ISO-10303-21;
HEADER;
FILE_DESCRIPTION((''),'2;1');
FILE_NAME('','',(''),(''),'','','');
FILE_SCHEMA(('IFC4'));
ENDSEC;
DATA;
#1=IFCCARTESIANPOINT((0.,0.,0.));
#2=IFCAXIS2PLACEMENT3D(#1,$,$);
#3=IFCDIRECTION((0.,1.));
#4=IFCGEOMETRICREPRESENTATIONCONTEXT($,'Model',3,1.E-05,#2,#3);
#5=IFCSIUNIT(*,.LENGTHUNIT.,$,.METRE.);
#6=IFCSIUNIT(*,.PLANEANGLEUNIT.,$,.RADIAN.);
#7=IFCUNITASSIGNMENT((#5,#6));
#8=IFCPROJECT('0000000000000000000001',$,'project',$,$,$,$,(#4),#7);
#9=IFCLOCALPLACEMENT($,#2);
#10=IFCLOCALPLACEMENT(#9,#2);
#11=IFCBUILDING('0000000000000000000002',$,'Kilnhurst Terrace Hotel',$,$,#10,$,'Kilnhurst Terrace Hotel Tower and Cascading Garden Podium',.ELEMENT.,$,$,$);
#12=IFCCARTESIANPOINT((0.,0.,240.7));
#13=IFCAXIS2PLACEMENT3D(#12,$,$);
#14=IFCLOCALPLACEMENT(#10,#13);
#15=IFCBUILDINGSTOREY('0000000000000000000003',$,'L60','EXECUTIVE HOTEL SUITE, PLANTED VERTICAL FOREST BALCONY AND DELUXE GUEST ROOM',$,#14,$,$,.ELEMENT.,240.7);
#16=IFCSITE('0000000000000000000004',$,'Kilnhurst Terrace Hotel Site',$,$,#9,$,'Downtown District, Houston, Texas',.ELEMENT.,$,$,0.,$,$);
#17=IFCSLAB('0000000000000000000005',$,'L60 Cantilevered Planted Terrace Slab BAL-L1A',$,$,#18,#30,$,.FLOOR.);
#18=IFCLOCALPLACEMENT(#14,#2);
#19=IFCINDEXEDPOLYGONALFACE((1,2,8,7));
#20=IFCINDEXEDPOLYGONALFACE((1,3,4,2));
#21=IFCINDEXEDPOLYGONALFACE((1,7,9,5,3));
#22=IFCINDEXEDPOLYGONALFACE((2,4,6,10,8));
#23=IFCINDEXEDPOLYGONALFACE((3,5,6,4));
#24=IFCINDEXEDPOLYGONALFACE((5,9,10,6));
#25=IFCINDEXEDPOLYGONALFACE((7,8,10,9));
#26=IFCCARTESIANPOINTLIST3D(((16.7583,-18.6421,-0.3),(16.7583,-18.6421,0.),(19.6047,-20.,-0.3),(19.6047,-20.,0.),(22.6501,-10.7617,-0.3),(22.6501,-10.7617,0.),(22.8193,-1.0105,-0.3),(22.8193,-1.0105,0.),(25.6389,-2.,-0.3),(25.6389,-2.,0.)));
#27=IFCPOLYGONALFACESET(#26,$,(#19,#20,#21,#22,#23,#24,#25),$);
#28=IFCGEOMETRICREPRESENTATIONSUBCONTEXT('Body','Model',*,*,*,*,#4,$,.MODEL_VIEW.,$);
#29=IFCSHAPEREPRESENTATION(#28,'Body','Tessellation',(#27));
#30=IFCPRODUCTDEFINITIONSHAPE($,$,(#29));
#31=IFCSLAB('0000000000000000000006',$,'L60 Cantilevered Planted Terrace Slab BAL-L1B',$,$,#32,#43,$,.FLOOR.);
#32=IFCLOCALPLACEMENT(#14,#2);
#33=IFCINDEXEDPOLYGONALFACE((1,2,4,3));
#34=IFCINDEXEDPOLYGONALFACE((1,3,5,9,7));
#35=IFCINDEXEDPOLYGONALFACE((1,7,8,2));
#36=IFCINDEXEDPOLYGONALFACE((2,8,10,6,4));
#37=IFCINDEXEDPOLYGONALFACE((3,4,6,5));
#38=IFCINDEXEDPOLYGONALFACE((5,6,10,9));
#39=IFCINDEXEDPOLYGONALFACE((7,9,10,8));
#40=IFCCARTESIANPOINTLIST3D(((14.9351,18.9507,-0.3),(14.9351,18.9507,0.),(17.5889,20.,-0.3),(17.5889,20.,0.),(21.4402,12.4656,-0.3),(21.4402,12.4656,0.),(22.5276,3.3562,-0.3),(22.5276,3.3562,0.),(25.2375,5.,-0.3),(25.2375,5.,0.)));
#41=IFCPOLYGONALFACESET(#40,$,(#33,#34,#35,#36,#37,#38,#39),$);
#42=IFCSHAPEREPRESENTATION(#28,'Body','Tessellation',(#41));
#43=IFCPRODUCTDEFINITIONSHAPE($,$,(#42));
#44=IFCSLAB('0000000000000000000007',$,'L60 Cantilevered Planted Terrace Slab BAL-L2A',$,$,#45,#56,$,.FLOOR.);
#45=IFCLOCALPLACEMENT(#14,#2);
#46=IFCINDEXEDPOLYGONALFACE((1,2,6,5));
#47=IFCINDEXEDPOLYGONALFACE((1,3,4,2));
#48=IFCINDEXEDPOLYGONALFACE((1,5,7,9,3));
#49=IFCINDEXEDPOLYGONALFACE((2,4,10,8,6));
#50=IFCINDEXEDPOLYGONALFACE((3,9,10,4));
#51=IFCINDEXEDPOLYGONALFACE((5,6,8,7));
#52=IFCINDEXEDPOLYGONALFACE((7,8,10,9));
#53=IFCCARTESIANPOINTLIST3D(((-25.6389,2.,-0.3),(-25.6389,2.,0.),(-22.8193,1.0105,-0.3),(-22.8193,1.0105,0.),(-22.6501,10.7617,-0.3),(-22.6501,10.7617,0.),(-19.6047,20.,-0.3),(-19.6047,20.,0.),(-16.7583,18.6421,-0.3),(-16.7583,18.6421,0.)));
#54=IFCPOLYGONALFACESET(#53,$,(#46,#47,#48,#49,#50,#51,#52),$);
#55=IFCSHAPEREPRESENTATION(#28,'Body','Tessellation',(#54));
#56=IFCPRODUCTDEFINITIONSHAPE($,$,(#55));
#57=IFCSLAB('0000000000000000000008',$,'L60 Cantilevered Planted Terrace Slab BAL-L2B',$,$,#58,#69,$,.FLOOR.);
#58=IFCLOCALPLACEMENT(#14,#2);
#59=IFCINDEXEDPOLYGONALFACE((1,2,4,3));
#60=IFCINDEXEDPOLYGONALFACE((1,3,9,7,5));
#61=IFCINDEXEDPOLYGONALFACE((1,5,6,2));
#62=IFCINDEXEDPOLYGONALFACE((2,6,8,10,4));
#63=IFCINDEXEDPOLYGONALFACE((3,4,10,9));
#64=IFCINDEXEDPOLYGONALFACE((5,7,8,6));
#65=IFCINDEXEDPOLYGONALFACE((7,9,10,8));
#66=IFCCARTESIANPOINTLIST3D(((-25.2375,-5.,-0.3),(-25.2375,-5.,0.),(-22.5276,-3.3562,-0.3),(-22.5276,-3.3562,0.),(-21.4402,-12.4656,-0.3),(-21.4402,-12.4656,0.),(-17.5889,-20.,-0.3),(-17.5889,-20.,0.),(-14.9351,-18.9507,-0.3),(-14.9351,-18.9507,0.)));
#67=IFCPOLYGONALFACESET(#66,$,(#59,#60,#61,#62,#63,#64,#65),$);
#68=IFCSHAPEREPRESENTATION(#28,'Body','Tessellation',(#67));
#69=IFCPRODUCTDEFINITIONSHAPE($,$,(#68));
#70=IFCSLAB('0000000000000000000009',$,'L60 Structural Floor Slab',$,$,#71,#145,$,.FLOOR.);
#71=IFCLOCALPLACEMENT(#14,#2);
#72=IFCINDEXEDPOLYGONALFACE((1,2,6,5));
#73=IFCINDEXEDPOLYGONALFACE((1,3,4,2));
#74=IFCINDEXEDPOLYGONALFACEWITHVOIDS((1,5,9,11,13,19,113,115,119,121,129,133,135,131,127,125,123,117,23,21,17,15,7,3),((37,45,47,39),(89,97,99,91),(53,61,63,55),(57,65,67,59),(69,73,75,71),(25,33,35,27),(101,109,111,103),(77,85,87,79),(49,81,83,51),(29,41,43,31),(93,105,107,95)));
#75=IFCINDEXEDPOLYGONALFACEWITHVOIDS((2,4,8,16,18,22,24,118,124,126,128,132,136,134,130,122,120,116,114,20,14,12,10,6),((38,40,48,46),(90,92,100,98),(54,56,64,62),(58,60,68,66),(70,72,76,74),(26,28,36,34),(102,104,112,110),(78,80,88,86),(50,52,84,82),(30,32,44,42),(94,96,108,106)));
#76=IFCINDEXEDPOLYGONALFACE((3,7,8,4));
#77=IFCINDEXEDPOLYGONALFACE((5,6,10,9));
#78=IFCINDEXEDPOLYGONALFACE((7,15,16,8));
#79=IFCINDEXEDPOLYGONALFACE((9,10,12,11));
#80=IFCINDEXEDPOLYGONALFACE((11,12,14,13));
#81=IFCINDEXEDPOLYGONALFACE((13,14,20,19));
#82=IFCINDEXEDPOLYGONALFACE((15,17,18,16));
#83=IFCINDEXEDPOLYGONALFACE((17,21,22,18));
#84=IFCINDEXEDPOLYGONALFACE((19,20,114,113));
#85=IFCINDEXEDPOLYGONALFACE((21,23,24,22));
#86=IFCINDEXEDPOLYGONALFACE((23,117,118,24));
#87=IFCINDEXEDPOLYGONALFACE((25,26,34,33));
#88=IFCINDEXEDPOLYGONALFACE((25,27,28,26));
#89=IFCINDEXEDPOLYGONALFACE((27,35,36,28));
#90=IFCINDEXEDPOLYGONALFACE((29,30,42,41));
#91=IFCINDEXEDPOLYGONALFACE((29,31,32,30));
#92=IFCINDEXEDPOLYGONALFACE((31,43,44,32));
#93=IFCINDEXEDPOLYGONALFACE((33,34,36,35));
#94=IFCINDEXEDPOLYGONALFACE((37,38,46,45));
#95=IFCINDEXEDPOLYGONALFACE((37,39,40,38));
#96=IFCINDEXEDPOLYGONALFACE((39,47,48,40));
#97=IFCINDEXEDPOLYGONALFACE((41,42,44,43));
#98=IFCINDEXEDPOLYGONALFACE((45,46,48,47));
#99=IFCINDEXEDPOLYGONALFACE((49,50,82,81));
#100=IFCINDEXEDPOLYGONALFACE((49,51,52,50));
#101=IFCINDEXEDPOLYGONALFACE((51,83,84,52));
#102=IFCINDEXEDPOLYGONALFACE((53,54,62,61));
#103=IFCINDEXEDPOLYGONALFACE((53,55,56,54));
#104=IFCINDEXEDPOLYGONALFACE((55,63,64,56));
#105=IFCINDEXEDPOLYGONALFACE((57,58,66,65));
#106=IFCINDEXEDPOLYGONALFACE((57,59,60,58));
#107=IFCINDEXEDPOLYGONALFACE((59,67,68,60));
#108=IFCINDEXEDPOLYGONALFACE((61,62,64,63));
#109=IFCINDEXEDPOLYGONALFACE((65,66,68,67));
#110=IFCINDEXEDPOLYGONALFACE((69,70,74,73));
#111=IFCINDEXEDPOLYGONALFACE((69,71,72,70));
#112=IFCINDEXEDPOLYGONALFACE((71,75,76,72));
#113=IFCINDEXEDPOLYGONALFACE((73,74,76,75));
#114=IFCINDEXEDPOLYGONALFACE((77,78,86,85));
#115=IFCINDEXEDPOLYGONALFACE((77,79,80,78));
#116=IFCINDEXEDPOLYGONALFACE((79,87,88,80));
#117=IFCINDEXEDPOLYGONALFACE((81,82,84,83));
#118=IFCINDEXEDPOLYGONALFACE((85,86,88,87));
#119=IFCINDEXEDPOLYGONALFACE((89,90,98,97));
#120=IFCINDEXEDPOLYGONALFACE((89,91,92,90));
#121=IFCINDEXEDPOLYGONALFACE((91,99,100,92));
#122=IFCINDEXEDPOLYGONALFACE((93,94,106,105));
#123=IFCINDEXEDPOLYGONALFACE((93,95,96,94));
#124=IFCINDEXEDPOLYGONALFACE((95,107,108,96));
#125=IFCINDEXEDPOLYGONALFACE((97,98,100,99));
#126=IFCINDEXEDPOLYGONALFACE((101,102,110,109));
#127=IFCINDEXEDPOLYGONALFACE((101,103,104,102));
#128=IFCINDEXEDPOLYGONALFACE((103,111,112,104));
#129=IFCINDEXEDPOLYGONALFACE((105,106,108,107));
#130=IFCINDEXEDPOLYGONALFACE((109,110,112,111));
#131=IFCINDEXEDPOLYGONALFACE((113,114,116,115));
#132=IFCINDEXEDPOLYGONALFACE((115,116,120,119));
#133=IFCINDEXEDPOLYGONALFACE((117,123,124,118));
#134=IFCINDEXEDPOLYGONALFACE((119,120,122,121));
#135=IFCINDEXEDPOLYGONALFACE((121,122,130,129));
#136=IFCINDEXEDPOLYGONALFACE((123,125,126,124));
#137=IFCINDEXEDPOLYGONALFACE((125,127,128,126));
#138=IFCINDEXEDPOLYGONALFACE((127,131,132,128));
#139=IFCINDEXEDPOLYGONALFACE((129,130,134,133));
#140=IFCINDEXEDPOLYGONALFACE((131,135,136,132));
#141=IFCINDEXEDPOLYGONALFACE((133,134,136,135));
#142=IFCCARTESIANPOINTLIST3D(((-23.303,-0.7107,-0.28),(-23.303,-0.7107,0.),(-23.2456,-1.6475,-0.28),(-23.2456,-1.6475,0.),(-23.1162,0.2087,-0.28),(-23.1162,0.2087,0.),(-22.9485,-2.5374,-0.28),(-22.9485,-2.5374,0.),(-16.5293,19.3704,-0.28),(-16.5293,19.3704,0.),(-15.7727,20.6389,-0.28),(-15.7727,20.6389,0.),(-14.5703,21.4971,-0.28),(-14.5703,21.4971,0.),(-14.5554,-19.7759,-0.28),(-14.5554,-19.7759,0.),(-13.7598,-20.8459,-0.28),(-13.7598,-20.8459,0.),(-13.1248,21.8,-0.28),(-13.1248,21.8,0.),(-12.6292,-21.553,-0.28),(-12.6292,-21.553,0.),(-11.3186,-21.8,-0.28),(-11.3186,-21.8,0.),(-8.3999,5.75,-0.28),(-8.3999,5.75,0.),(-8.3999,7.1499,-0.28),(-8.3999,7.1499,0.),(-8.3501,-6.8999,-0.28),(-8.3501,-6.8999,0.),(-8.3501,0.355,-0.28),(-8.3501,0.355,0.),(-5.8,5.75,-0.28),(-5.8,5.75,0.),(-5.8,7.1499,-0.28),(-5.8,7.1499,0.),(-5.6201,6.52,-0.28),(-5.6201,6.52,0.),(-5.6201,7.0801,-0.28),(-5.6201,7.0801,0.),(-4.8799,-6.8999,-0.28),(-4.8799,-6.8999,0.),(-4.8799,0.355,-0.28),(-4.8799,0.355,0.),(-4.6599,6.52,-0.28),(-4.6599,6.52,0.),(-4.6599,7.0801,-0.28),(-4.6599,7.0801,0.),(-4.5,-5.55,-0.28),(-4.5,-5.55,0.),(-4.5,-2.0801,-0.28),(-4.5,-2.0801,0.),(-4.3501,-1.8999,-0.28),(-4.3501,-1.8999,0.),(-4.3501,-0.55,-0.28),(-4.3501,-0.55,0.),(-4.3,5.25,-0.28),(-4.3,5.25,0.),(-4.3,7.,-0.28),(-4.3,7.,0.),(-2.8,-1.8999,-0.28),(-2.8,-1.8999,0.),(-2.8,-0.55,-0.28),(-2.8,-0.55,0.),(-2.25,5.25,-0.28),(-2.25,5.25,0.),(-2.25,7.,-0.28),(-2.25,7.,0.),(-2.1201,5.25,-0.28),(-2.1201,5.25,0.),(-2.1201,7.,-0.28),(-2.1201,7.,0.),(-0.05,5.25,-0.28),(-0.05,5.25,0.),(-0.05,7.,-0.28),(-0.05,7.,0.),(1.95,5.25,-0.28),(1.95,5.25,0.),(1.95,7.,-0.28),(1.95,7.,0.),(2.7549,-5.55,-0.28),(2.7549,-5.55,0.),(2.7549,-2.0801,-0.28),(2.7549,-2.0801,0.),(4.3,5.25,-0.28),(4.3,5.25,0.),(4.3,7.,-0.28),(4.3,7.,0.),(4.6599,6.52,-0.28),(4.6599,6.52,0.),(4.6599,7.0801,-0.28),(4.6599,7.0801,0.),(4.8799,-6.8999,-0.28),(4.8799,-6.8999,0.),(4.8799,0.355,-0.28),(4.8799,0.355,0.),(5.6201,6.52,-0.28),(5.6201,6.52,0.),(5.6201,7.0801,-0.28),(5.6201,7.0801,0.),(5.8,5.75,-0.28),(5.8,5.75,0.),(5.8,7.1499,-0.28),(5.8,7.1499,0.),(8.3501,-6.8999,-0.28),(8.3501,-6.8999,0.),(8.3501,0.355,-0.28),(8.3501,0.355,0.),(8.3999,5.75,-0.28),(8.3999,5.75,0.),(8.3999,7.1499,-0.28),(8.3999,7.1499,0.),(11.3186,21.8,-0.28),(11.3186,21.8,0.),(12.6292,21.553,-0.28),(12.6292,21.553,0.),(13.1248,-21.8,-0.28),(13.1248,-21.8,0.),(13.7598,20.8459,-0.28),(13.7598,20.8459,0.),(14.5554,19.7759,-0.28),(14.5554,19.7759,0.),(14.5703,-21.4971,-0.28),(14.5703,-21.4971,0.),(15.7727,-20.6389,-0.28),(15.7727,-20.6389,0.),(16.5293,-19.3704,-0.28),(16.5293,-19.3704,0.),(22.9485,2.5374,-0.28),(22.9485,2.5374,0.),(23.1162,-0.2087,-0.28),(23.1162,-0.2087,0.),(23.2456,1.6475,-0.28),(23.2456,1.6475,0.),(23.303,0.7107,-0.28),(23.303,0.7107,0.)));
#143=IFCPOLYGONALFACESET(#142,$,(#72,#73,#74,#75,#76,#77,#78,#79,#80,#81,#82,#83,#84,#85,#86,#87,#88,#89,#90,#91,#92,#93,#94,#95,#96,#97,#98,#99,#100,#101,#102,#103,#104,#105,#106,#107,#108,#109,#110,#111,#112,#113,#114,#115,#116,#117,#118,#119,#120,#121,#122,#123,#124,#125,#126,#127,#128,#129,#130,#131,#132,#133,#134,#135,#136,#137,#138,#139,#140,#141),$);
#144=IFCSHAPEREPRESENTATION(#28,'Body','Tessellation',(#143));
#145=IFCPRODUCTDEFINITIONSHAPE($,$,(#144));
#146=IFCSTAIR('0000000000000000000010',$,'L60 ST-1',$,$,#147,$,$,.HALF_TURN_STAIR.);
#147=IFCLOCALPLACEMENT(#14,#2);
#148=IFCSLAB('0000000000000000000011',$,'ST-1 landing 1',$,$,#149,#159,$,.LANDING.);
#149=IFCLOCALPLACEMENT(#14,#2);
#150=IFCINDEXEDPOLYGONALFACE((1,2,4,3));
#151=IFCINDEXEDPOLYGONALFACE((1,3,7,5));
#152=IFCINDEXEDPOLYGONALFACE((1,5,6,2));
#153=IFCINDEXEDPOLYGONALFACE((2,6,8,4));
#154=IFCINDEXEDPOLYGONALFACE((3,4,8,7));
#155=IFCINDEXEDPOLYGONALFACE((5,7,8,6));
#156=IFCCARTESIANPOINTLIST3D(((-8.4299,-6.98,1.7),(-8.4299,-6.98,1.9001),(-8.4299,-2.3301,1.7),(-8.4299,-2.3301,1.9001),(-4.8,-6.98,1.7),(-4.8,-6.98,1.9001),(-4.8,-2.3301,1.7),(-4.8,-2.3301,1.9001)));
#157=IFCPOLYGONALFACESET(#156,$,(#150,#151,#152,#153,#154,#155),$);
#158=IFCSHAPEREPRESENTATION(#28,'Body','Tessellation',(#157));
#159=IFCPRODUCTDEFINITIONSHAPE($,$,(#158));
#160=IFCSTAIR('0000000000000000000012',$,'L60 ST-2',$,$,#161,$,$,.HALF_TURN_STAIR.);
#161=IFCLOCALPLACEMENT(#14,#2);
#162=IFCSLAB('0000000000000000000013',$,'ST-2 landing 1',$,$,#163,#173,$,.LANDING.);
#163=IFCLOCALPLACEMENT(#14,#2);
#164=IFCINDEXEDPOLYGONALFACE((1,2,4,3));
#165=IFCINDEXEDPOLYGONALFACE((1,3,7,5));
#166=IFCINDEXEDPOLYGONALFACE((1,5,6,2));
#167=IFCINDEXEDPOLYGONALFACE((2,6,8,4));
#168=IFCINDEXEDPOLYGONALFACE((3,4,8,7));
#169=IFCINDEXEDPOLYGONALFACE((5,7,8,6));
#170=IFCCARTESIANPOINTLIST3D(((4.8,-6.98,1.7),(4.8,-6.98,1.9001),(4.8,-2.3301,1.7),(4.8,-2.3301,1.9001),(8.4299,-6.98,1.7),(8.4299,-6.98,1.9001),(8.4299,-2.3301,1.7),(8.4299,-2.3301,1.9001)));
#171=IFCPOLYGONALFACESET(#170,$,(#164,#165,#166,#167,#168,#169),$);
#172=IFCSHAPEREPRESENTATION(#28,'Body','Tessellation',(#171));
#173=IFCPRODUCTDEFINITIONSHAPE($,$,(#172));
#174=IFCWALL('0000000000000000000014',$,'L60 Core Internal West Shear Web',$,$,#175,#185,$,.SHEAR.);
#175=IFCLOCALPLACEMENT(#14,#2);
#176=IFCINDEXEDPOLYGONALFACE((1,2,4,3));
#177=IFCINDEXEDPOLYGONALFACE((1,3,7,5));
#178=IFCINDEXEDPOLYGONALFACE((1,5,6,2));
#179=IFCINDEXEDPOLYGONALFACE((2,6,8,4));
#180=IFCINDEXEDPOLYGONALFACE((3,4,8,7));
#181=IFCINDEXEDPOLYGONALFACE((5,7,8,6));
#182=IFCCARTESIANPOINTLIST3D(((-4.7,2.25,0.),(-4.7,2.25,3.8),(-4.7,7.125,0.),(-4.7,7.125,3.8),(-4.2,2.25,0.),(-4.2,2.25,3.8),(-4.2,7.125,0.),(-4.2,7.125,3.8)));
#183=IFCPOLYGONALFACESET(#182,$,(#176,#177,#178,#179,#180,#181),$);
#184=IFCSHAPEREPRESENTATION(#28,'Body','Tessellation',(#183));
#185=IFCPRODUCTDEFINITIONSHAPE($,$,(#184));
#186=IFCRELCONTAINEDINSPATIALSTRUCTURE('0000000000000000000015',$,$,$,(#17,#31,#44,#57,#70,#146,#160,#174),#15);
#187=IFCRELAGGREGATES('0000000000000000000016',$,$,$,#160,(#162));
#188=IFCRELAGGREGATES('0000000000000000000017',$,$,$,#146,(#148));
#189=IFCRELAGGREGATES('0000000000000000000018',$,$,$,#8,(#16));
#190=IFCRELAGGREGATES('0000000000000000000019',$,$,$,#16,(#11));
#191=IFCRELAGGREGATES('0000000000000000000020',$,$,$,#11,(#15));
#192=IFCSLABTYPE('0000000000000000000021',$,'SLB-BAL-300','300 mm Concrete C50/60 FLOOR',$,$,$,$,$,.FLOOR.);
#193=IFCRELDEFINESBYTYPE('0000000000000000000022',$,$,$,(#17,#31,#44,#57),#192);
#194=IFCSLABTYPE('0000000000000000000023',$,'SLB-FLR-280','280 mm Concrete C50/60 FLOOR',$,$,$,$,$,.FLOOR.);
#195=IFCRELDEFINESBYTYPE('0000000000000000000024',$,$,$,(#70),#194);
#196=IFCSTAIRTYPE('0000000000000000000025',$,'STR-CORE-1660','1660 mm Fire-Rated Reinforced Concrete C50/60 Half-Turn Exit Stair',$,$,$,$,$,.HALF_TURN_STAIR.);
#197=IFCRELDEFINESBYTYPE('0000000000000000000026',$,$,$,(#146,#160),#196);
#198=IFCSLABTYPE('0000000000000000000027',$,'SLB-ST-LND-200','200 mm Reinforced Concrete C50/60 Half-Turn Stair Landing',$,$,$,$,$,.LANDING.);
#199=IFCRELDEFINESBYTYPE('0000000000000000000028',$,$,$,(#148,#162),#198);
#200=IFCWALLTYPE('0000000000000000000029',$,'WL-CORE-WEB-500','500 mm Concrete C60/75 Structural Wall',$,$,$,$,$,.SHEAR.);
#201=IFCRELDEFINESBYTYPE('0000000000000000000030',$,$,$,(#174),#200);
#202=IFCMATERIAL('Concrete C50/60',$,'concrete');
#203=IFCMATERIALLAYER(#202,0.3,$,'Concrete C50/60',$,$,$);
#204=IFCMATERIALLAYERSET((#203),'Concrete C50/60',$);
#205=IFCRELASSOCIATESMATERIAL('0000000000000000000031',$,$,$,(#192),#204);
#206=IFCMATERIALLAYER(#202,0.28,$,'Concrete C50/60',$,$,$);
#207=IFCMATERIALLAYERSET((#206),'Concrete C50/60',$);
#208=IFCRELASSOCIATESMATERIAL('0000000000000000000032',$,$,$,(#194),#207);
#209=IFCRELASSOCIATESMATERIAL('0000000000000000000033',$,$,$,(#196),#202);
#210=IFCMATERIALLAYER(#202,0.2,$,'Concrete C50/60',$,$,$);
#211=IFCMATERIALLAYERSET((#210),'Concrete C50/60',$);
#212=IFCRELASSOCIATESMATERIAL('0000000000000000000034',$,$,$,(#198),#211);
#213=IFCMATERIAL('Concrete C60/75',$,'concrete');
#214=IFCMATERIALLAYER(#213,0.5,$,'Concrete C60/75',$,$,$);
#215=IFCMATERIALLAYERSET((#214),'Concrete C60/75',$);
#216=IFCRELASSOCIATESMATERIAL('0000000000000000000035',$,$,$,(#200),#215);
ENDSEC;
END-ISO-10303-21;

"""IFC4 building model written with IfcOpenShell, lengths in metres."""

from ifc_helpers import new_model, si_unit, direction, frame, frame_2d, origin, place, context, subcontext, project, spatial, polyline, rectangle, outline, extrude, material, layer, layer_set, type_object, element, aggregate, save


model = new_model("IFC4")

# Units and contexts
model_context = context("Model", 3, precision=1e-05, world=origin(), true_north=direction((0.0, 1.0)))
body_context = subcontext(model_context, "Body", "Model", "MODEL_VIEW")
ifc_project = project(units=[si_unit("LENGTHUNIT", "METRE"), si_unit("PLANEANGLEUNIT", "RADIAN")], contexts=[model_context])

# Site, building, storey
site_placement = place(None, origin())
site = spatial("IfcSite", under=ifc_project, at=site_placement, Name="Kilnhurst Terrace Hotel Site", LongName="Downtown District, Houston, Texas", CompositionType="ELEMENT", RefElevation=0.0)
building_placement = place(site_placement, origin())
building = spatial("IfcBuilding", under=site, at=building_placement, Name="Kilnhurst Terrace Hotel", LongName="Kilnhurst Terrace Hotel Tower and Cascading Garden Podium", CompositionType="ELEMENT")
storey_placement = place(building_placement, frame((0.0, 0.0, 240.7)))
storey = spatial("IfcBuildingStorey", under=building, at=storey_placement, Name="L60", Description="EXECUTIVE HOTEL SUITE, PLANTED VERTICAL FOREST BALCONY AND DELUXE GUEST ROOM", CompositionType="ELEMENT", Elevation=240.7)

# Slabs
ifc_material_1 = material(Name="Concrete C50/60", Category="concrete")
ifc_layer_1 = layer(ifc_material_1, 0.3, Name="Concrete C50/60")
ifc_layer_set_1 = layer_set([ifc_layer_1], Name="Concrete C50/60")
slab_type_1 = type_object("IfcSlabType", Name="SLB-BAL-300", Description="300 mm Concrete C50/60 FLOOR", PredefinedType="FLOOR", material=ifc_layer_set_1)
slab_1_placement = place(storey_placement, frame((0.0, 0.0, -0.3)))
element("IfcSlab", 1, at=slab_1_placement, inside=storey, type_object=slab_type_1, Name="L60 Cantilevered Planted Terrace Slab BAL-L1A", PredefinedType="FLOOR", context=body_context, shape_type="SweptSolid", body=[
    extrude(outline(polyline([(22.6501, -10.7617), (19.6047, -20.0), (16.7583, -18.6421), (22.8193, -1.0105), (25.6389, -2.0), (22.6501, -10.7617)])), origin(), (0.0, 0.0, 1.0), 0.3),
])
slab_2_placement = place(storey_placement, frame((0.0, 0.0, -0.3)))
element("IfcSlab", 2, at=slab_2_placement, inside=storey, type_object=slab_type_1, Name="L60 Cantilevered Planted Terrace Slab BAL-L1B", PredefinedType="FLOOR", context=body_context, shape_type="SweptSolid", body=[
    extrude(outline(polyline([(25.2375, 5.0), (22.5276, 3.3562), (14.9351, 18.9507), (17.5889, 20.0), (21.4402, 12.4656), (25.2375, 5.0)])), origin(), (0.0, 0.0, 1.0), 0.3),
])
slab_3_placement = place(storey_placement, frame((0.0, 0.0, -0.3)))
element("IfcSlab", 3, at=slab_3_placement, inside=storey, type_object=slab_type_1, Name="L60 Cantilevered Planted Terrace Slab BAL-L2A", PredefinedType="FLOOR", context=body_context, shape_type="SweptSolid", body=[
    extrude(outline(polyline([(-19.6047, 20.0), (-16.7583, 18.6421), (-22.8193, 1.0105), (-25.6389, 2.0), (-22.6501, 10.7617), (-19.6047, 20.0)])), origin(), (0.0, 0.0, 1.0), 0.3),
])
slab_4_placement = place(storey_placement, frame((0.0, 0.0, -0.3)))
element("IfcSlab", 4, at=slab_4_placement, inside=storey, type_object=slab_type_1, Name="L60 Cantilevered Planted Terrace Slab BAL-L2B", PredefinedType="FLOOR", context=body_context, shape_type="SweptSolid", body=[
    extrude(outline(polyline([(-25.2375, -5.0), (-22.5276, -3.3562), (-14.9351, -18.9507), (-17.5889, -20.0), (-21.4402, -12.4656), (-25.2375, -5.0)])), origin(), (0.0, 0.0, 1.0), 0.3),
])
ifc_layer_2 = layer(ifc_material_1, 0.28, Name="Concrete C50/60")
ifc_layer_set_2 = layer_set([ifc_layer_2], Name="Concrete C50/60")
slab_type_2 = type_object("IfcSlabType", Name="SLB-FLR-280", Description="280 mm Concrete C50/60 FLOOR", PredefinedType="FLOOR", material=ifc_layer_set_2)
slab_5_placement = place(storey_placement, frame((0.0, 0.0, -0.28)))
element("IfcSlab", 5, at=slab_5_placement, inside=storey, type_object=slab_type_2, Name="L60 Structural Floor Slab", PredefinedType="FLOOR", context=body_context, shape_type="SweptSolid", body=[
    extrude(outline(polyline([(-14.5554, -19.7759), (-13.7598, -20.8459), (-12.6292, -21.553), (-11.3186, -21.8), (13.1248, -21.8), (14.5703, -21.4971), (15.7727, -20.6389), (16.5293, -19.3704), (23.1162, -0.2087), (23.303, 0.7107), (23.2456, 1.6475), (22.9485, 2.5374), (14.5554, 19.7759), (13.7598, 20.8459), (12.6292, 21.553), (11.3186, 21.8), (-13.1248, 21.8), (-14.5703, 21.4971), (-15.7727, 20.6389), (-16.5293, 19.3704), (-23.1162, 0.2087), (-23.303, -0.7107), (-23.2456, -1.6475), (-22.9485, -2.5374), (-14.5554, -19.7759)]), holes=[polyline([(-8.3501, 0.355), (-4.8799, 0.355), (-4.8799, -6.8999), (-8.3501, -6.8999), (-8.3501, 0.355)]), polyline([(-2.8, -1.8999), (-4.3501, -1.8999), (-4.3501, -0.55), (-2.8, -0.55), (-2.8, -1.8999)]), polyline([(-2.25, 5.25), (-4.3, 5.25), (-4.3, 7.0), (-2.25, 7.0), (-2.25, 5.25)]), polyline([(-2.1201, 5.25), (-2.1201, 7.0), (-0.05, 7.0), (-0.05, 5.25), (-2.1201, 5.25)]), polyline([(-8.3999, 5.75), (-8.3999, 7.1499), (-5.8, 7.1499), (-5.8, 5.75), (-8.3999, 5.75)]), polyline([(-4.6599, 6.52), (-5.6201, 6.52), (-5.6201, 7.0801), (-4.6599, 7.0801), (-4.6599, 6.52)]), polyline([(2.7549, -5.55), (-4.5, -5.55), (-4.5, -2.0801), (2.7549, -2.0801), (2.7549, -5.55)]), polyline([(8.3501, 0.355), (8.3501, -6.8999), (4.8799, -6.8999), (4.8799, 0.355), (8.3501, 0.355)]), polyline([(4.3, 5.25), (1.95, 5.25), (1.95, 7.0), (4.3, 7.0), (4.3, 5.25)]), polyline([(5.8, 5.75), (5.8, 7.1499), (8.3999, 7.1499), (8.3999, 5.75), (5.8, 5.75)]), polyline([(4.6599, 6.52), (4.6599, 7.0801), (5.6201, 7.0801), (5.6201, 6.52), (4.6599, 6.52)])]), origin(), (0.0, 0.0, 1.0), 0.28),
])

# Stairs, slabs
stair_type = type_object("IfcStairType", Name="STR-CORE-1660", Description="1660 mm Fire-Rated Reinforced Concrete C50/60 Half-Turn Exit Stair", PredefinedType="HALF_TURN_STAIR", material=ifc_material_1)
stair_1_placement = place(storey_placement, origin())
stair_1 = element("IfcStair", 6, at=stair_1_placement, inside=storey, type_object=stair_type, Name="L60 ST-1", PredefinedType="HALF_TURN_STAIR")
ifc_layer_3 = layer(ifc_material_1, 0.2, Name="Concrete C50/60")
ifc_layer_set_3 = layer_set([ifc_layer_3], Name="Concrete C50/60")
slab_type_3 = type_object("IfcSlabType", Name="SLB-ST-LND-200", Description="200 mm Reinforced Concrete C50/60 Half-Turn Stair Landing", PredefinedType="LANDING", material=ifc_layer_set_3)
slab_6_placement = place(storey_placement, frame((0.0, 0.0, 1.7)))
slab_6 = element("IfcSlab", 7, at=slab_6_placement, type_object=slab_type_3, Name="ST-1 landing 1", PredefinedType="LANDING", context=body_context, shape_type="SweptSolid", body=[
    extrude(outline(polyline([(-8.4299, -2.3301), (-4.8, -2.3301), (-4.8, -6.98), (-8.4299, -6.98), (-8.4299, -2.3301)])), origin(), (0.0, 0.0, 1.0), 0.2002),
])
stair_2_placement = place(storey_placement, origin())
stair_2 = element("IfcStair", 8, at=stair_2_placement, inside=storey, type_object=stair_type, Name="L60 ST-2", PredefinedType="HALF_TURN_STAIR")
slab_7_placement = place(storey_placement, frame((0.0, 0.0, 1.7)))
slab_7 = element("IfcSlab", 9, at=slab_7_placement, type_object=slab_type_3, Name="ST-2 landing 1", PredefinedType="LANDING", context=body_context, shape_type="SweptSolid", body=[
    extrude(outline(polyline([(4.8, -2.3301), (8.4299, -2.3301), (8.4299, -6.98), (4.8, -6.98), (4.8, -2.3301)])), origin(), (0.0, 0.0, 1.0), 0.2002),
])
aggregate(stair_2, [slab_7])

# Wall
ifc_material_2 = material(Name="Concrete C60/75", Category="concrete")
ifc_layer_4 = layer(ifc_material_2, 0.5, Name="Concrete C60/75")
ifc_layer_set_4 = layer_set([ifc_layer_4], Name="Concrete C60/75")
wall_type_1 = type_object("IfcWallType", Name="WL-CORE-WEB-500", Description="500 mm Concrete C60/75 Structural Wall", PredefinedType="SHEAR", material=ifc_layer_set_4)
wall_1_placement = place(storey_placement, frame((-4.45, 2.25, 0.0), z_axis=(0.0, 0.0, 1.0), x_axis=(0.0, 1.0, 0.0)))
element("IfcWall", 10, at=wall_1_placement, inside=storey, type_object=wall_type_1, Name="L60 Core Internal West Shear Web", PredefinedType="SHEAR", context=body_context, shape_type="SweptSolid", body=[
    extrude(rectangle(XDim=4.875, YDim=0.5, at=frame_2d((2.4375, 0.0))), origin(), (0.0, 0.0, 1.0), 3.8),
])

aggregate(stair_1, [slab_6])

save(model, "model.ifc")
